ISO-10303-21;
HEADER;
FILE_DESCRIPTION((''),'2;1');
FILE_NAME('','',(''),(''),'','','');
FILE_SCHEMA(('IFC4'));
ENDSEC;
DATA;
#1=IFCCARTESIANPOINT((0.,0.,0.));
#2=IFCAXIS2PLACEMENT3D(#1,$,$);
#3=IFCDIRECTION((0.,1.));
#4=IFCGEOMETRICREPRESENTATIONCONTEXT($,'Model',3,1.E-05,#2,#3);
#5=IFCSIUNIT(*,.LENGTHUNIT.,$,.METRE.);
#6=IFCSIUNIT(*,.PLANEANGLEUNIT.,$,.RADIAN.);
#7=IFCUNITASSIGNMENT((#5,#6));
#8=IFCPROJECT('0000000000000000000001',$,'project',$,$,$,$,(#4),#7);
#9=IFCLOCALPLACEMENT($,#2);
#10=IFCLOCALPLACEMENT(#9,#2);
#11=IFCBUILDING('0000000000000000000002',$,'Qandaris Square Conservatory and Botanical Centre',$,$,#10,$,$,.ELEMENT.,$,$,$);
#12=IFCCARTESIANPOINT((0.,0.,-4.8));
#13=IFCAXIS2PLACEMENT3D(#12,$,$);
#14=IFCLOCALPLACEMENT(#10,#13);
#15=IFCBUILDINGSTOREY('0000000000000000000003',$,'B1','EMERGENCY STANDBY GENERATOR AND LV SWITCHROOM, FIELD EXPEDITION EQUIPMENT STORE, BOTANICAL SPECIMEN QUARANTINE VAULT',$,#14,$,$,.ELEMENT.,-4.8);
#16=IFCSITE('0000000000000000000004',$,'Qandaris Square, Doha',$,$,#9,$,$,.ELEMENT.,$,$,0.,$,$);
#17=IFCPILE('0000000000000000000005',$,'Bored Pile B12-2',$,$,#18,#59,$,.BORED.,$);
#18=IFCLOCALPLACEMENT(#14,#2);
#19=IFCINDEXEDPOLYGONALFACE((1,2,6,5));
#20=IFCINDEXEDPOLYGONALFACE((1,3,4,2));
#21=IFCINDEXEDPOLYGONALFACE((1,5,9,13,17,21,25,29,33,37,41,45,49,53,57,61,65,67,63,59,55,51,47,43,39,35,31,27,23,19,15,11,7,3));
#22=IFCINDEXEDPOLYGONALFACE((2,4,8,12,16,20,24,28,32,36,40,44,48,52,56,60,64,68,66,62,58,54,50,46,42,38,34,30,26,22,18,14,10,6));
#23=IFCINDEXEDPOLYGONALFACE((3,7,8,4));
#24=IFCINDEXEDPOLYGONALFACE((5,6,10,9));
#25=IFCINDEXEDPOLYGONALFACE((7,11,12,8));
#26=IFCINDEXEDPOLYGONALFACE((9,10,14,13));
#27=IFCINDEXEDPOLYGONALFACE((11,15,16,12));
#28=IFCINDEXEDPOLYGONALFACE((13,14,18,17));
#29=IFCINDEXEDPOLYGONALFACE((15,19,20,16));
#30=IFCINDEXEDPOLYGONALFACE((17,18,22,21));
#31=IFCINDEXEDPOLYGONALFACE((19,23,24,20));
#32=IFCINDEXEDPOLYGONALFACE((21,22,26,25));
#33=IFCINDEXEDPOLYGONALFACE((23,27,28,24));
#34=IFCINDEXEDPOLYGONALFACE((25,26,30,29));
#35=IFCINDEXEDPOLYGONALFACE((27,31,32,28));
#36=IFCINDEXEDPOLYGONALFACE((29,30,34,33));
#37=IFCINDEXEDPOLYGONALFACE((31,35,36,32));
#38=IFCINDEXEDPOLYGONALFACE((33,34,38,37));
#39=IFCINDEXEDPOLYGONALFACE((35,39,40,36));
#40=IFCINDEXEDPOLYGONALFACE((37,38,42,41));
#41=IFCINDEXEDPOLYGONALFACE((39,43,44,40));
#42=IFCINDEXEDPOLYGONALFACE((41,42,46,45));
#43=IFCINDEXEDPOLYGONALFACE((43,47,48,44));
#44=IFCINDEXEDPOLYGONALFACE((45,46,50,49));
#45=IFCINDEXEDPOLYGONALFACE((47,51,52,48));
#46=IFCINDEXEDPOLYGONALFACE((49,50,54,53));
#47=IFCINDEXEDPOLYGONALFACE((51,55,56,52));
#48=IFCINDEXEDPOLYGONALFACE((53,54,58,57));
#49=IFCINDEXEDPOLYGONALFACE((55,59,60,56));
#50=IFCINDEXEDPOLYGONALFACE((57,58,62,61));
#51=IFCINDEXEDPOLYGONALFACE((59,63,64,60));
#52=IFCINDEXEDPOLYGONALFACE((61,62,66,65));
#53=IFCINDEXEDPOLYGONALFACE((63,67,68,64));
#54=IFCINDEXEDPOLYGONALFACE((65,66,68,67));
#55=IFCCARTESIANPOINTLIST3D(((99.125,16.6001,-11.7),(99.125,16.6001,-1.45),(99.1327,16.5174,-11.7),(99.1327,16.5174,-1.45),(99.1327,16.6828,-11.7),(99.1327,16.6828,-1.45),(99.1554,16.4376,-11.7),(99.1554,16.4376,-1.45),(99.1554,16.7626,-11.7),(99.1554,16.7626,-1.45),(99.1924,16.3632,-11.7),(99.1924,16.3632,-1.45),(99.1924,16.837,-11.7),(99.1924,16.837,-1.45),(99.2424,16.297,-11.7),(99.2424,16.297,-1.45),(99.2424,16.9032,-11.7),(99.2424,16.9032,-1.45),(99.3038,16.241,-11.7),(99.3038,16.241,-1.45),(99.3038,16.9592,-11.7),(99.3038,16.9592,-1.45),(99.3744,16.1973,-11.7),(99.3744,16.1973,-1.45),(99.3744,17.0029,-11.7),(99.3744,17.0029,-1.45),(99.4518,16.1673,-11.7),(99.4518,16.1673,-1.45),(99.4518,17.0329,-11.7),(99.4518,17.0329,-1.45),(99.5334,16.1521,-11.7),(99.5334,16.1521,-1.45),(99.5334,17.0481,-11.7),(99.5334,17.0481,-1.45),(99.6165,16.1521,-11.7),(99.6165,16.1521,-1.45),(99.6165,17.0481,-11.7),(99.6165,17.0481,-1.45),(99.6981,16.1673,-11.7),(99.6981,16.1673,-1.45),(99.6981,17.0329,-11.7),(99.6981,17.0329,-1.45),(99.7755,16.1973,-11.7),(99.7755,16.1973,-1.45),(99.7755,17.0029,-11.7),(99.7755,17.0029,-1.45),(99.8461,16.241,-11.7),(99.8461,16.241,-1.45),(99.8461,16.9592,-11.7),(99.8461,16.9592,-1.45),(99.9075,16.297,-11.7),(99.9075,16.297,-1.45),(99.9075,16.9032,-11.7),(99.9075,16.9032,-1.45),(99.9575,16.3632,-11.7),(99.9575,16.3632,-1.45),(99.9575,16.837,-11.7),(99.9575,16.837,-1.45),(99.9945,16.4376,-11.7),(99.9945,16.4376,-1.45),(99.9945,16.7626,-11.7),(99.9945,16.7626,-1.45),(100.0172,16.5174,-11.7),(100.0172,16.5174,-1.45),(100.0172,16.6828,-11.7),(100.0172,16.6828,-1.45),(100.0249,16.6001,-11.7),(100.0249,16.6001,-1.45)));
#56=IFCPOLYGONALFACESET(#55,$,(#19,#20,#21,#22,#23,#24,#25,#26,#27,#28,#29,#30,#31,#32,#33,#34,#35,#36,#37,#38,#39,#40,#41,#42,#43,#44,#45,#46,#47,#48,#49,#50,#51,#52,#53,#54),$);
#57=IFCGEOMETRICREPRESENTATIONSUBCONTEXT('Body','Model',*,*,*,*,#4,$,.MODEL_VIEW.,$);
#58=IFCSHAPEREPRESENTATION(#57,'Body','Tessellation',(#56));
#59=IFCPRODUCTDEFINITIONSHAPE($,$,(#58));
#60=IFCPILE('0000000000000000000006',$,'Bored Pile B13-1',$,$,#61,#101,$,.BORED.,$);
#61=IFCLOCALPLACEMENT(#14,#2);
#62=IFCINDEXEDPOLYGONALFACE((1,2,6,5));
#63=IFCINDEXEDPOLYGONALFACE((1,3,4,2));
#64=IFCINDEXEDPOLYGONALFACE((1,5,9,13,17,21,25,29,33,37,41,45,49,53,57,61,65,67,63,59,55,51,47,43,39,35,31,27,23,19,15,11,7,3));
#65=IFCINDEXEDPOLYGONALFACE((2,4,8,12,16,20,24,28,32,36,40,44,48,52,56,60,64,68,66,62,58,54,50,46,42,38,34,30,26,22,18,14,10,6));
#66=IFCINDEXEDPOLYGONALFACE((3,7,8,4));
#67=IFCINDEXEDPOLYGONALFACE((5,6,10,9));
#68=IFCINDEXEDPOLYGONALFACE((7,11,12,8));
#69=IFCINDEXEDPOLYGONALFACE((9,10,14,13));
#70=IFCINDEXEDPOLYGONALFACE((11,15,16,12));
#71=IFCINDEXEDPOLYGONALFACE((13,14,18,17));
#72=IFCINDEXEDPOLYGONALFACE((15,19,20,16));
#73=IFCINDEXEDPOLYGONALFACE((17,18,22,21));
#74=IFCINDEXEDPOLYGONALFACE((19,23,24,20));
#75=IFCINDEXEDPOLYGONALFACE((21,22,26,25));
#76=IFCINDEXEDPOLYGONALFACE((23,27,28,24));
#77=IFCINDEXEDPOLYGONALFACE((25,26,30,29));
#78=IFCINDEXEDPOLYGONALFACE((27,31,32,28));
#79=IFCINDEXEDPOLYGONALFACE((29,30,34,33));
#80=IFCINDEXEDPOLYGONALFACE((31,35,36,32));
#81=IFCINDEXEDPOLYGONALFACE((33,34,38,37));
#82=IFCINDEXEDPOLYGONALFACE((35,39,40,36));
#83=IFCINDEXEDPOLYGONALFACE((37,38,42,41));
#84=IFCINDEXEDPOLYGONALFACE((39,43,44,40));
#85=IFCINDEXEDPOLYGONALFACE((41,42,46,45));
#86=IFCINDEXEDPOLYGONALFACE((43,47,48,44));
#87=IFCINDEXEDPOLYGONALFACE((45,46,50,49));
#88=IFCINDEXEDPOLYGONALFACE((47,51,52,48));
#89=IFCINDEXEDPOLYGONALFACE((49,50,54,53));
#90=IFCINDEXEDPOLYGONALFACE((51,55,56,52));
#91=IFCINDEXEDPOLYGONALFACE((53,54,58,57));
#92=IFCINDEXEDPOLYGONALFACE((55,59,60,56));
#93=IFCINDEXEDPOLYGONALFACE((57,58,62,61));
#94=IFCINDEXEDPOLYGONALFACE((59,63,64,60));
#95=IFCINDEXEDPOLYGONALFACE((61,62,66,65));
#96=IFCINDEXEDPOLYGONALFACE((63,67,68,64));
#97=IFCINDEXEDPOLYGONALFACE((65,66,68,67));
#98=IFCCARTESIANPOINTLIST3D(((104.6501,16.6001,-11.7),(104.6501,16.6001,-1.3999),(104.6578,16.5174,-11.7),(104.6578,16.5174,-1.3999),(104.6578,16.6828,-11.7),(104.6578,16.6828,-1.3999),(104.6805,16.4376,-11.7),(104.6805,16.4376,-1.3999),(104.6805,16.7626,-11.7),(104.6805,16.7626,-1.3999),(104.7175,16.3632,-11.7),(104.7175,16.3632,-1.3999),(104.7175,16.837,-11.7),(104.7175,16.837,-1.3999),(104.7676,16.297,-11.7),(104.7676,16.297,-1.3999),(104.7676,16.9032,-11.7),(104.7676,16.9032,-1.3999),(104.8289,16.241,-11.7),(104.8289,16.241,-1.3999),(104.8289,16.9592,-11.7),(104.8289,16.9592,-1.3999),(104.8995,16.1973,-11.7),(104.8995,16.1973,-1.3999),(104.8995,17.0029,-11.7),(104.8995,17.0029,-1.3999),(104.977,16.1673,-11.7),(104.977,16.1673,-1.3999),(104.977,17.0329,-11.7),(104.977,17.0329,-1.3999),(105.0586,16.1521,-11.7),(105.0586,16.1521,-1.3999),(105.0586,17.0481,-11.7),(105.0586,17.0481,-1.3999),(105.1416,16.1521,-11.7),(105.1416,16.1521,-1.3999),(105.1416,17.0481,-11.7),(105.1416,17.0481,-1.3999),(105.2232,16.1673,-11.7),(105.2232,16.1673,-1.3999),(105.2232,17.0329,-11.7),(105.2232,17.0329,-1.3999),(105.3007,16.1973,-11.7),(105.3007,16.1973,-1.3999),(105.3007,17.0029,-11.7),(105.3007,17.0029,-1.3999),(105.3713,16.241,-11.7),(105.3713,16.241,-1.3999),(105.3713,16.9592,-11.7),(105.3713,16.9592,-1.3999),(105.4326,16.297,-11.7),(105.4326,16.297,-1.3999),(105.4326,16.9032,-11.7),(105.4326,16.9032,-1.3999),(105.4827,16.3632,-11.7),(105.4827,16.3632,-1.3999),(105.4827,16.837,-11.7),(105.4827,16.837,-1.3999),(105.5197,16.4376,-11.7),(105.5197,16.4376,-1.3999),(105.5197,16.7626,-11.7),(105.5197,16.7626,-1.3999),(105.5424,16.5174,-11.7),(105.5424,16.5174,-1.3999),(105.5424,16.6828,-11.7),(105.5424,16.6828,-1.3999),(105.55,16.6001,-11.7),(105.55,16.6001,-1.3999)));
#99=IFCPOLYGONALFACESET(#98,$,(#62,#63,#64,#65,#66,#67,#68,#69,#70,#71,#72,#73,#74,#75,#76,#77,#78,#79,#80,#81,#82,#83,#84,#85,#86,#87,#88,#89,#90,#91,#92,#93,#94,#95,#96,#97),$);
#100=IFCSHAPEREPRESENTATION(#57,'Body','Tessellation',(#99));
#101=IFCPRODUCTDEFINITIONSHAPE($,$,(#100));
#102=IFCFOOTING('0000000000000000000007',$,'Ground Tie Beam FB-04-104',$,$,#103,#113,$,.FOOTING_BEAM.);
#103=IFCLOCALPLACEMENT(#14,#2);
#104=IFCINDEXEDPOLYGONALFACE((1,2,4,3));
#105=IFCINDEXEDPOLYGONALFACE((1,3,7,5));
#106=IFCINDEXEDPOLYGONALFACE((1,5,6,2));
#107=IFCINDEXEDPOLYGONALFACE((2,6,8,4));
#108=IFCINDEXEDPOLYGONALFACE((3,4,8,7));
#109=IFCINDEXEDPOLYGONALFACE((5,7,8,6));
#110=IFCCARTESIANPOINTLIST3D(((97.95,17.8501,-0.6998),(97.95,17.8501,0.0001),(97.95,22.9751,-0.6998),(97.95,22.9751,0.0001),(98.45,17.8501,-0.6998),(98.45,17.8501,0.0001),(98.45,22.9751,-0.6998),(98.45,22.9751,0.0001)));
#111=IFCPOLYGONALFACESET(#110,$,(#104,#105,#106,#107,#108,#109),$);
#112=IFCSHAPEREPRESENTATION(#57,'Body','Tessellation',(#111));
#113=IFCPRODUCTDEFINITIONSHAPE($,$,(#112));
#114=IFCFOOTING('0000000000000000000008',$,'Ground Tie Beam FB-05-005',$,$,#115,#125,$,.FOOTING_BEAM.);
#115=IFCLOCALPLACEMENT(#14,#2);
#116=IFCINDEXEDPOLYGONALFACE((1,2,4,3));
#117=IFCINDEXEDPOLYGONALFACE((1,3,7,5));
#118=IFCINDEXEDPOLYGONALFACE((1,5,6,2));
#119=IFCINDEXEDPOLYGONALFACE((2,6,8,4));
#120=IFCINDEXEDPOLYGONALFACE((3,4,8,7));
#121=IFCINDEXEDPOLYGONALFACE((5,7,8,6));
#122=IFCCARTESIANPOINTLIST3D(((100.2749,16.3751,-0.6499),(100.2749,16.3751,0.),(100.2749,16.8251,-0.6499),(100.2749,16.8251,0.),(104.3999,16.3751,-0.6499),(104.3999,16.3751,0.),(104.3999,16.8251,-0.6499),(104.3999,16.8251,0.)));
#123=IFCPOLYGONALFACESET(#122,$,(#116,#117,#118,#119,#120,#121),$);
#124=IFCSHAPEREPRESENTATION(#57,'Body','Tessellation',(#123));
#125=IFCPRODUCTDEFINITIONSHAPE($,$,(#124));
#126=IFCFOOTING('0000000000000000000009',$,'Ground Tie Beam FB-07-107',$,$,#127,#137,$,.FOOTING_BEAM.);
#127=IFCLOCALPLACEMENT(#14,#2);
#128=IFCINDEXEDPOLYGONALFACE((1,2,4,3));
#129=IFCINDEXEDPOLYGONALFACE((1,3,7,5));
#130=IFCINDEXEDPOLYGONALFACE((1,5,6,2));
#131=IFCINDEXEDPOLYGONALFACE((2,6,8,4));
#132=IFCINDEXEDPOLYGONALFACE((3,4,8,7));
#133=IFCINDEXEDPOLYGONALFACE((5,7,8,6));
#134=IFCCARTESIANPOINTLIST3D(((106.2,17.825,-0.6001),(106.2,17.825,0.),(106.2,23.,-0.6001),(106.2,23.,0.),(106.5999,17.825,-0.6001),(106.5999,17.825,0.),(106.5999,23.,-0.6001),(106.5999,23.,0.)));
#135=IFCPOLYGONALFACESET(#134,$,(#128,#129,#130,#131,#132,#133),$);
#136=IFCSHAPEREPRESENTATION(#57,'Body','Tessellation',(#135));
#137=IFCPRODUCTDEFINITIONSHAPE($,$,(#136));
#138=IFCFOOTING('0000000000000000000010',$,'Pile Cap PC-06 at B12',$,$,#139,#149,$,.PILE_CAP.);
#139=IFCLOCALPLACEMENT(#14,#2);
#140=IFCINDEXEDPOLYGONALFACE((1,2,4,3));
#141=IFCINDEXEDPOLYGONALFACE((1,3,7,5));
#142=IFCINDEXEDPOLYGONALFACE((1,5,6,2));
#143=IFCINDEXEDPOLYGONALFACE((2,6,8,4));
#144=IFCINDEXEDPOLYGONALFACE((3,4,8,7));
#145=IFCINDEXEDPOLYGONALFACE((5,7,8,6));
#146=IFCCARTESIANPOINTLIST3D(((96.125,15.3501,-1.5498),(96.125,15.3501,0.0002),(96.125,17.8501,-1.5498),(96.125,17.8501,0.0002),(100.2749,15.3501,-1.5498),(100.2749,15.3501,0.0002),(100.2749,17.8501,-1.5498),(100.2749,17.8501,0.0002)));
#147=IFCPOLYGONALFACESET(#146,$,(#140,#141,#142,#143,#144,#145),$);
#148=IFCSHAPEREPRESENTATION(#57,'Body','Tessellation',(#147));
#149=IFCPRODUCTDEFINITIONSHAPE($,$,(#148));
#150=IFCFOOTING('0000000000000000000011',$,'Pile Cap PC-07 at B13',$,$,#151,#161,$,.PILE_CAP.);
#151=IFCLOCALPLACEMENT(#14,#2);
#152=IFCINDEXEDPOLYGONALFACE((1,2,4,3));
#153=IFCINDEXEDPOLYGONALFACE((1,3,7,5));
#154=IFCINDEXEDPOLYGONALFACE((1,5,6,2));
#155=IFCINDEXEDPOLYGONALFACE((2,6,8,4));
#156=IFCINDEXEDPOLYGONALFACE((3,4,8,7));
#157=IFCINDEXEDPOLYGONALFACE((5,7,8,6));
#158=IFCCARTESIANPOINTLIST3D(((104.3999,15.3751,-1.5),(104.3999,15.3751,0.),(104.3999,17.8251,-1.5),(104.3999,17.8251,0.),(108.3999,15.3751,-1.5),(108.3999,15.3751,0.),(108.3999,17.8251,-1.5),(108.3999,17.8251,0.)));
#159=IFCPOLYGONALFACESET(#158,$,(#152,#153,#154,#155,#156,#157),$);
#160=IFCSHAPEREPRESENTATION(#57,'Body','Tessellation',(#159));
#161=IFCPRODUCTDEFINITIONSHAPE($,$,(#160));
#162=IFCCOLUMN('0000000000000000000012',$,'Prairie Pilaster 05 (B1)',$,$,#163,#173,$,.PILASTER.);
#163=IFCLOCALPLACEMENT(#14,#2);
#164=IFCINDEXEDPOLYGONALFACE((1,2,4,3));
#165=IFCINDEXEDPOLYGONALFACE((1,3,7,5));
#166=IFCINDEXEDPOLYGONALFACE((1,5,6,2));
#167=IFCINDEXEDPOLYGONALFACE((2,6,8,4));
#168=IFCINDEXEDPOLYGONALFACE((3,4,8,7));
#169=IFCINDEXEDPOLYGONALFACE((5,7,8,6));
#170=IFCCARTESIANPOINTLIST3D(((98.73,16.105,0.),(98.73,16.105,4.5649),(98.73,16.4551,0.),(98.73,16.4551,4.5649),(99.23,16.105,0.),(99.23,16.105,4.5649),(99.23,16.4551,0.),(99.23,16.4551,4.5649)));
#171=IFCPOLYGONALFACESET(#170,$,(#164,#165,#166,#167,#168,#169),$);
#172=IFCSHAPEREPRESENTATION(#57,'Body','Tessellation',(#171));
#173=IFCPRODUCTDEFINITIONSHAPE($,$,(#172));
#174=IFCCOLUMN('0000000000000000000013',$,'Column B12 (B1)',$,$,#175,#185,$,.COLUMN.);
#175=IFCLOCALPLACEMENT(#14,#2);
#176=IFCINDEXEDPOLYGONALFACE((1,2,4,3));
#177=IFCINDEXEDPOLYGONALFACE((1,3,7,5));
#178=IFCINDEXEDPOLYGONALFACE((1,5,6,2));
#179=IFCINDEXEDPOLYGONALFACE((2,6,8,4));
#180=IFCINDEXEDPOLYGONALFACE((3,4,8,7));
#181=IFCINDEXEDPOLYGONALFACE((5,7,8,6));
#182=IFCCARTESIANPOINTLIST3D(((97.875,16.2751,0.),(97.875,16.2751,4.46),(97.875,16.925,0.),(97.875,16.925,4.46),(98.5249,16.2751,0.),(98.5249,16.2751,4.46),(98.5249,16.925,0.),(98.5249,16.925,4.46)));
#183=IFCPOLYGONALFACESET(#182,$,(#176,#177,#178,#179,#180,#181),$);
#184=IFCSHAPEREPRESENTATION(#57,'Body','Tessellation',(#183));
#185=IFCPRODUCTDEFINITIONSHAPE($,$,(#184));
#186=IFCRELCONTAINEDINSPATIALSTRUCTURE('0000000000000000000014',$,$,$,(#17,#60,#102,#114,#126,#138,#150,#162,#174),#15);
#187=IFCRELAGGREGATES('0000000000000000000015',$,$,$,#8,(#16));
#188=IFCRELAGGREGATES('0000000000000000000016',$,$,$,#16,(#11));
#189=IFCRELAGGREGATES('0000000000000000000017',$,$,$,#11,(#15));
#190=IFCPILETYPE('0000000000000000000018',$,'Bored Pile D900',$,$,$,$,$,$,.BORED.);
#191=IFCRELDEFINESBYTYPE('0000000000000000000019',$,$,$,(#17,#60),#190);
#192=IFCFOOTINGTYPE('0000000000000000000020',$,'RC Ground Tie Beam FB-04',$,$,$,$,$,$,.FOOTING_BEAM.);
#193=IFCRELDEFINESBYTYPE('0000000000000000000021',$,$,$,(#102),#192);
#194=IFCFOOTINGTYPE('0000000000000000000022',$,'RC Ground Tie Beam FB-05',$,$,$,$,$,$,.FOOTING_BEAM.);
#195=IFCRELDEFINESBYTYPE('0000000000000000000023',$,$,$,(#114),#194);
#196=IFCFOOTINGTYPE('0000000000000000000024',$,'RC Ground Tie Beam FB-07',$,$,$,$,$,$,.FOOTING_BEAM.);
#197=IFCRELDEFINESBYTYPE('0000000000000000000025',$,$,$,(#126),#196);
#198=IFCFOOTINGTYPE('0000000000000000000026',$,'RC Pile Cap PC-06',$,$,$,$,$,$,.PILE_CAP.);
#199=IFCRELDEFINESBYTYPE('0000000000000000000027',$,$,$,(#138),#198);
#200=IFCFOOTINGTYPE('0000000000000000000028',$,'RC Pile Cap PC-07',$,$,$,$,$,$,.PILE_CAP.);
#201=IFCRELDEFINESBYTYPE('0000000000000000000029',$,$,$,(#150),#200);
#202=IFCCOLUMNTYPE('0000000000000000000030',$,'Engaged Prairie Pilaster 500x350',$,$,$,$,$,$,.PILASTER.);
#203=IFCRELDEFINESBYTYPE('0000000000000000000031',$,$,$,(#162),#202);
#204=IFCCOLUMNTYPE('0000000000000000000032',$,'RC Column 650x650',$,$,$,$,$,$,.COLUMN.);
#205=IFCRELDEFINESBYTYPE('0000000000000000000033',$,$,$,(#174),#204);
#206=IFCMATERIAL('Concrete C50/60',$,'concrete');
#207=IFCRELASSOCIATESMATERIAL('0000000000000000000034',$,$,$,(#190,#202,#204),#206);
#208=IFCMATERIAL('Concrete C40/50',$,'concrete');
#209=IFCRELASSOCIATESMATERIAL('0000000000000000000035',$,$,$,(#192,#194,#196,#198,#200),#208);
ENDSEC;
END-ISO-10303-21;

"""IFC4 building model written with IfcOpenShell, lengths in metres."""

from ifc_helpers import new_model, si_unit, direction, frame, origin, origin_2d, place, context, subcontext, project, spatial, rectangle, circle, extrude, material, material_profile, profile_set, type_object, element, save


model = new_model("IFC4")

# Units and contexts
model_context = context("Model", 3, precision=1e-05, world=origin(), true_north=direction((0.0, 1.0)))
body_context = subcontext(model_context, "Body", "Model", "MODEL_VIEW")
ifc_project = project(units=[si_unit("LENGTHUNIT", "METRE"), si_unit("PLANEANGLEUNIT", "RADIAN")], contexts=[model_context])

# Site, building, storey
site_placement = place(None, origin())
site = spatial("IfcSite", under=ifc_project, at=site_placement, Name="Qandaris Square, Doha", CompositionType="ELEMENT", RefElevation=0.0)
building_placement = place(site_placement, origin())
building = spatial("IfcBuilding", under=site, at=building_placement, Name="Qandaris Square Conservatory and Botanical Centre", CompositionType="ELEMENT")
storey_placement = place(building_placement, frame((0.0, 0.0, -4.8)))
storey = spatial("IfcBuildingStorey", under=building, at=storey_placement, Name="B1", Description="EMERGENCY STANDBY GENERATOR AND LV SWITCHROOM, FIELD EXPEDITION EQUIPMENT STORE, BOTANICAL SPECIMEN QUARANTINE VAULT", CompositionType="ELEMENT", Elevation=-4.8)

# Piles
ifc_material_1 = material(Name="Concrete C50/60", Category="concrete")
ifc_material_profile_1 = material_profile(ifc_material_1, circle(Radius=0.45, at=origin_2d()), Name="PILE D900")
ifc_profile_set_1 = profile_set([ifc_material_profile_1], Name="Concrete C50/60")
pile_type = type_object("IfcPileType", Name="Bored Pile D900", PredefinedType="BORED", material=ifc_profile_set_1)
pile_1_placement = place(storey_placement, frame((99.575, 16.6001, -1.45), z_axis=(0.0, 0.0, -1.0), x_axis=(1.0, 0.0, 0.0)))
element("IfcPile", 1, at=pile_1_placement, inside=storey, type_object=pile_type, Name="Bored Pile B12-2", PredefinedType="BORED", context=body_context, shape_type="SweptSolid", body=[
    extrude(circle(Radius=0.45, at=origin_2d()), origin(), (0.0, 0.0, 1.0), 10.25),
])
pile_2_placement = place(storey_placement, frame((105.1001, 16.6001, -1.3999), z_axis=(0.0, 0.0, -1.0), x_axis=(1.0, 0.0, 0.0)))
element("IfcPile", 2, at=pile_2_placement, inside=storey, type_object=pile_type, Name="Bored Pile B13-1", PredefinedType="BORED", context=body_context, shape_type="SweptSolid", body=[
    extrude(circle(Radius=0.45, at=origin_2d()), origin(), (0.0, 0.0, 1.0), 10.3),
])

# Footings
ifc_material_2 = material(Name="Concrete C40/50", Category="concrete")
ifc_material_profile_2 = material_profile(ifc_material_2, rectangle(XDim=0.5, YDim=0.7, at=origin_2d()), Name="FB 500x700")
ifc_profile_set_2 = profile_set([ifc_material_profile_2], Name="Concrete C40/50")
footing_type_1 = type_object("IfcFootingType", Name="RC Ground Tie Beam FB-04", PredefinedType="FOOTING_BEAM", material=ifc_profile_set_2)
footing_1_placement = place(storey_placement, frame((98.2, 17.8501, -0.3499), z_axis=(0.0, 1.0, 0.0), x_axis=(-1.0, 0.0, 0.0)))
element("IfcFooting", 3, at=footing_1_placement, inside=storey, type_object=footing_type_1, Name="Ground Tie Beam FB-04-104", PredefinedType="FOOTING_BEAM", context=body_context, shape_type="SweptSolid", body=[
    extrude(rectangle(XDim=0.5, YDim=0.7, at=origin_2d()), origin(), (0.0, 0.0, 1.0), 5.125),
])
ifc_material_profile_3 = material_profile(ifc_material_2, rectangle(XDim=0.45, YDim=0.6499, at=origin_2d()), Name="FB 450x650")
ifc_profile_set_3 = profile_set([ifc_material_profile_3], Name="Concrete C40/50")
footing_type_2 = type_object("IfcFootingType", Name="RC Ground Tie Beam FB-05", PredefinedType="FOOTING_BEAM", material=ifc_profile_set_3)
footing_2_placement = place(storey_placement, frame((100.2749, 16.6001, -0.325), z_axis=(1.0, 0.0, 0.0), x_axis=(0.0, 1.0, 0.0)))
element("IfcFooting", 4, at=footing_2_placement, inside=storey, type_object=footing_type_2, Name="Ground Tie Beam FB-05-005", PredefinedType="FOOTING_BEAM", context=body_context, shape_type="SweptSolid", body=[
    extrude(rectangle(XDim=0.45, YDim=0.6499, at=origin_2d()), origin(), (0.0, 0.0, 1.0), 4.125),
])
ifc_material_profile_4 = material_profile(ifc_material_2, rectangle(XDim=0.3999, YDim=0.6001, at=origin_2d()), Name="FB 400x600")
ifc_profile_set_4 = profile_set([ifc_material_profile_4], Name="Concrete C40/50")
footing_type_3 = type_object("IfcFootingType", Name="RC Ground Tie Beam FB-07", PredefinedType="FOOTING_BEAM", material=ifc_profile_set_4)
footing_3_placement = place(storey_placement, frame((106.3999, 17.825, -0.3), z_axis=(0.0, 1.0, 0.0), x_axis=(-1.0, 0.0, 0.0)))
element("IfcFooting", 5, at=footing_3_placement, inside=storey, type_object=footing_type_3, Name="Ground Tie Beam FB-07-107", PredefinedType="FOOTING_BEAM", context=body_context, shape_type="SweptSolid", body=[
    extrude(rectangle(XDim=0.3999, YDim=0.6001, at=origin_2d()), origin(), (0.0, 0.0, 1.0), 5.175),
])
footing_type_4 = type_object("IfcFootingType", Name="RC Pile Cap PC-06", PredefinedType="PILE_CAP", material=ifc_material_2)
footing_4_placement = place(storey_placement, frame((98.2, 16.6001, -1.5498), z_axis=(0.0, 0.0, 1.0), x_axis=(1.0, 0.0, 0.0)))
element("IfcFooting", 6, at=footing_4_placement, inside=storey, type_object=footing_type_4, Name="Pile Cap PC-06 at B12", PredefinedType="PILE_CAP", context=body_context, shape_type="SweptSolid", body=[
    extrude(rectangle(XDim=4.1499, YDim=2.5, at=origin_2d()), origin(), (0.0, 0.0, 1.0), 1.55),
])
footing_type_5 = type_object("IfcFootingType", Name="RC Pile Cap PC-07", PredefinedType="PILE_CAP", material=ifc_material_2)
footing_5_placement = place(storey_placement, frame((106.3999, 16.6001, -1.5), z_axis=(0.0, 0.0, 1.0), x_axis=(1.0, 0.0, 0.0)))
element("IfcFooting", 7, at=footing_5_placement, inside=storey, type_object=footing_type_5, Name="Pile Cap PC-07 at B13", PredefinedType="PILE_CAP", context=body_context, shape_type="SweptSolid", body=[
    extrude(rectangle(XDim=4.0, YDim=2.45, at=origin_2d()), origin(), (0.0, 0.0, 1.0), 1.5),
])

# Columns
ifc_material_profile_5 = material_profile(ifc_material_1, rectangle(XDim=0.5, YDim=0.3501, at=origin_2d()), Name="RC-PIL 500x350")
ifc_profile_set_5 = profile_set([ifc_material_profile_5], Name="Concrete C50/60")
column_type_1 = type_object("IfcColumnType", Name="Engaged Prairie Pilaster 500x350", PredefinedType="PILASTER", material=ifc_profile_set_5)
column_placement = place(storey_placement, frame((98.98, 16.28, 0.0), z_axis=(0.0, 0.0, 1.0), x_axis=(1.0, 0.0, 0.0)))
element("IfcColumn", 8, at=column_placement, inside=storey, type_object=column_type_1, Name="Prairie Pilaster 05 (B1)", PredefinedType="PILASTER", context=body_context, shape_type="SweptSolid", body=[
    extrude(rectangle(XDim=0.5, YDim=0.3501, at=origin_2d()), origin(), (0.0, 0.0, 1.0), 4.5649),
])
ifc_material_profile_6 = material_profile(ifc_material_1, rectangle(XDim=0.6499, YDim=0.6499, at=origin_2d()), Name="RC-COL 650x650")
ifc_profile_set_6 = profile_set([ifc_material_profile_6], Name="Concrete C50/60")
column_type_2 = type_object("IfcColumnType", Name="RC Column 650x650", PredefinedType="COLUMN", material=ifc_profile_set_6)
for number, where, z_axis, x_axis, name in (
    (9, (98.2, 16.6001, 0.0), (0.0, 0.0, 1.0), (1.0, 0.0, 0.0), "Column B12 (B1)"),
):
    element("IfcColumn", number, at=place(storey_placement, frame(where, z_axis=z_axis, x_axis=x_axis)), inside=storey, type_object=column_type_2, Name=name, PredefinedType="COLUMN", context=body_context, shape_type="SweptSolid", body=[
        extrude(rectangle(XDim=0.6499, YDim=0.6499, at=origin_2d()), origin(), (0.0, 0.0, 1.0), 4.46),
    ])

save(model, "model.ifc")
